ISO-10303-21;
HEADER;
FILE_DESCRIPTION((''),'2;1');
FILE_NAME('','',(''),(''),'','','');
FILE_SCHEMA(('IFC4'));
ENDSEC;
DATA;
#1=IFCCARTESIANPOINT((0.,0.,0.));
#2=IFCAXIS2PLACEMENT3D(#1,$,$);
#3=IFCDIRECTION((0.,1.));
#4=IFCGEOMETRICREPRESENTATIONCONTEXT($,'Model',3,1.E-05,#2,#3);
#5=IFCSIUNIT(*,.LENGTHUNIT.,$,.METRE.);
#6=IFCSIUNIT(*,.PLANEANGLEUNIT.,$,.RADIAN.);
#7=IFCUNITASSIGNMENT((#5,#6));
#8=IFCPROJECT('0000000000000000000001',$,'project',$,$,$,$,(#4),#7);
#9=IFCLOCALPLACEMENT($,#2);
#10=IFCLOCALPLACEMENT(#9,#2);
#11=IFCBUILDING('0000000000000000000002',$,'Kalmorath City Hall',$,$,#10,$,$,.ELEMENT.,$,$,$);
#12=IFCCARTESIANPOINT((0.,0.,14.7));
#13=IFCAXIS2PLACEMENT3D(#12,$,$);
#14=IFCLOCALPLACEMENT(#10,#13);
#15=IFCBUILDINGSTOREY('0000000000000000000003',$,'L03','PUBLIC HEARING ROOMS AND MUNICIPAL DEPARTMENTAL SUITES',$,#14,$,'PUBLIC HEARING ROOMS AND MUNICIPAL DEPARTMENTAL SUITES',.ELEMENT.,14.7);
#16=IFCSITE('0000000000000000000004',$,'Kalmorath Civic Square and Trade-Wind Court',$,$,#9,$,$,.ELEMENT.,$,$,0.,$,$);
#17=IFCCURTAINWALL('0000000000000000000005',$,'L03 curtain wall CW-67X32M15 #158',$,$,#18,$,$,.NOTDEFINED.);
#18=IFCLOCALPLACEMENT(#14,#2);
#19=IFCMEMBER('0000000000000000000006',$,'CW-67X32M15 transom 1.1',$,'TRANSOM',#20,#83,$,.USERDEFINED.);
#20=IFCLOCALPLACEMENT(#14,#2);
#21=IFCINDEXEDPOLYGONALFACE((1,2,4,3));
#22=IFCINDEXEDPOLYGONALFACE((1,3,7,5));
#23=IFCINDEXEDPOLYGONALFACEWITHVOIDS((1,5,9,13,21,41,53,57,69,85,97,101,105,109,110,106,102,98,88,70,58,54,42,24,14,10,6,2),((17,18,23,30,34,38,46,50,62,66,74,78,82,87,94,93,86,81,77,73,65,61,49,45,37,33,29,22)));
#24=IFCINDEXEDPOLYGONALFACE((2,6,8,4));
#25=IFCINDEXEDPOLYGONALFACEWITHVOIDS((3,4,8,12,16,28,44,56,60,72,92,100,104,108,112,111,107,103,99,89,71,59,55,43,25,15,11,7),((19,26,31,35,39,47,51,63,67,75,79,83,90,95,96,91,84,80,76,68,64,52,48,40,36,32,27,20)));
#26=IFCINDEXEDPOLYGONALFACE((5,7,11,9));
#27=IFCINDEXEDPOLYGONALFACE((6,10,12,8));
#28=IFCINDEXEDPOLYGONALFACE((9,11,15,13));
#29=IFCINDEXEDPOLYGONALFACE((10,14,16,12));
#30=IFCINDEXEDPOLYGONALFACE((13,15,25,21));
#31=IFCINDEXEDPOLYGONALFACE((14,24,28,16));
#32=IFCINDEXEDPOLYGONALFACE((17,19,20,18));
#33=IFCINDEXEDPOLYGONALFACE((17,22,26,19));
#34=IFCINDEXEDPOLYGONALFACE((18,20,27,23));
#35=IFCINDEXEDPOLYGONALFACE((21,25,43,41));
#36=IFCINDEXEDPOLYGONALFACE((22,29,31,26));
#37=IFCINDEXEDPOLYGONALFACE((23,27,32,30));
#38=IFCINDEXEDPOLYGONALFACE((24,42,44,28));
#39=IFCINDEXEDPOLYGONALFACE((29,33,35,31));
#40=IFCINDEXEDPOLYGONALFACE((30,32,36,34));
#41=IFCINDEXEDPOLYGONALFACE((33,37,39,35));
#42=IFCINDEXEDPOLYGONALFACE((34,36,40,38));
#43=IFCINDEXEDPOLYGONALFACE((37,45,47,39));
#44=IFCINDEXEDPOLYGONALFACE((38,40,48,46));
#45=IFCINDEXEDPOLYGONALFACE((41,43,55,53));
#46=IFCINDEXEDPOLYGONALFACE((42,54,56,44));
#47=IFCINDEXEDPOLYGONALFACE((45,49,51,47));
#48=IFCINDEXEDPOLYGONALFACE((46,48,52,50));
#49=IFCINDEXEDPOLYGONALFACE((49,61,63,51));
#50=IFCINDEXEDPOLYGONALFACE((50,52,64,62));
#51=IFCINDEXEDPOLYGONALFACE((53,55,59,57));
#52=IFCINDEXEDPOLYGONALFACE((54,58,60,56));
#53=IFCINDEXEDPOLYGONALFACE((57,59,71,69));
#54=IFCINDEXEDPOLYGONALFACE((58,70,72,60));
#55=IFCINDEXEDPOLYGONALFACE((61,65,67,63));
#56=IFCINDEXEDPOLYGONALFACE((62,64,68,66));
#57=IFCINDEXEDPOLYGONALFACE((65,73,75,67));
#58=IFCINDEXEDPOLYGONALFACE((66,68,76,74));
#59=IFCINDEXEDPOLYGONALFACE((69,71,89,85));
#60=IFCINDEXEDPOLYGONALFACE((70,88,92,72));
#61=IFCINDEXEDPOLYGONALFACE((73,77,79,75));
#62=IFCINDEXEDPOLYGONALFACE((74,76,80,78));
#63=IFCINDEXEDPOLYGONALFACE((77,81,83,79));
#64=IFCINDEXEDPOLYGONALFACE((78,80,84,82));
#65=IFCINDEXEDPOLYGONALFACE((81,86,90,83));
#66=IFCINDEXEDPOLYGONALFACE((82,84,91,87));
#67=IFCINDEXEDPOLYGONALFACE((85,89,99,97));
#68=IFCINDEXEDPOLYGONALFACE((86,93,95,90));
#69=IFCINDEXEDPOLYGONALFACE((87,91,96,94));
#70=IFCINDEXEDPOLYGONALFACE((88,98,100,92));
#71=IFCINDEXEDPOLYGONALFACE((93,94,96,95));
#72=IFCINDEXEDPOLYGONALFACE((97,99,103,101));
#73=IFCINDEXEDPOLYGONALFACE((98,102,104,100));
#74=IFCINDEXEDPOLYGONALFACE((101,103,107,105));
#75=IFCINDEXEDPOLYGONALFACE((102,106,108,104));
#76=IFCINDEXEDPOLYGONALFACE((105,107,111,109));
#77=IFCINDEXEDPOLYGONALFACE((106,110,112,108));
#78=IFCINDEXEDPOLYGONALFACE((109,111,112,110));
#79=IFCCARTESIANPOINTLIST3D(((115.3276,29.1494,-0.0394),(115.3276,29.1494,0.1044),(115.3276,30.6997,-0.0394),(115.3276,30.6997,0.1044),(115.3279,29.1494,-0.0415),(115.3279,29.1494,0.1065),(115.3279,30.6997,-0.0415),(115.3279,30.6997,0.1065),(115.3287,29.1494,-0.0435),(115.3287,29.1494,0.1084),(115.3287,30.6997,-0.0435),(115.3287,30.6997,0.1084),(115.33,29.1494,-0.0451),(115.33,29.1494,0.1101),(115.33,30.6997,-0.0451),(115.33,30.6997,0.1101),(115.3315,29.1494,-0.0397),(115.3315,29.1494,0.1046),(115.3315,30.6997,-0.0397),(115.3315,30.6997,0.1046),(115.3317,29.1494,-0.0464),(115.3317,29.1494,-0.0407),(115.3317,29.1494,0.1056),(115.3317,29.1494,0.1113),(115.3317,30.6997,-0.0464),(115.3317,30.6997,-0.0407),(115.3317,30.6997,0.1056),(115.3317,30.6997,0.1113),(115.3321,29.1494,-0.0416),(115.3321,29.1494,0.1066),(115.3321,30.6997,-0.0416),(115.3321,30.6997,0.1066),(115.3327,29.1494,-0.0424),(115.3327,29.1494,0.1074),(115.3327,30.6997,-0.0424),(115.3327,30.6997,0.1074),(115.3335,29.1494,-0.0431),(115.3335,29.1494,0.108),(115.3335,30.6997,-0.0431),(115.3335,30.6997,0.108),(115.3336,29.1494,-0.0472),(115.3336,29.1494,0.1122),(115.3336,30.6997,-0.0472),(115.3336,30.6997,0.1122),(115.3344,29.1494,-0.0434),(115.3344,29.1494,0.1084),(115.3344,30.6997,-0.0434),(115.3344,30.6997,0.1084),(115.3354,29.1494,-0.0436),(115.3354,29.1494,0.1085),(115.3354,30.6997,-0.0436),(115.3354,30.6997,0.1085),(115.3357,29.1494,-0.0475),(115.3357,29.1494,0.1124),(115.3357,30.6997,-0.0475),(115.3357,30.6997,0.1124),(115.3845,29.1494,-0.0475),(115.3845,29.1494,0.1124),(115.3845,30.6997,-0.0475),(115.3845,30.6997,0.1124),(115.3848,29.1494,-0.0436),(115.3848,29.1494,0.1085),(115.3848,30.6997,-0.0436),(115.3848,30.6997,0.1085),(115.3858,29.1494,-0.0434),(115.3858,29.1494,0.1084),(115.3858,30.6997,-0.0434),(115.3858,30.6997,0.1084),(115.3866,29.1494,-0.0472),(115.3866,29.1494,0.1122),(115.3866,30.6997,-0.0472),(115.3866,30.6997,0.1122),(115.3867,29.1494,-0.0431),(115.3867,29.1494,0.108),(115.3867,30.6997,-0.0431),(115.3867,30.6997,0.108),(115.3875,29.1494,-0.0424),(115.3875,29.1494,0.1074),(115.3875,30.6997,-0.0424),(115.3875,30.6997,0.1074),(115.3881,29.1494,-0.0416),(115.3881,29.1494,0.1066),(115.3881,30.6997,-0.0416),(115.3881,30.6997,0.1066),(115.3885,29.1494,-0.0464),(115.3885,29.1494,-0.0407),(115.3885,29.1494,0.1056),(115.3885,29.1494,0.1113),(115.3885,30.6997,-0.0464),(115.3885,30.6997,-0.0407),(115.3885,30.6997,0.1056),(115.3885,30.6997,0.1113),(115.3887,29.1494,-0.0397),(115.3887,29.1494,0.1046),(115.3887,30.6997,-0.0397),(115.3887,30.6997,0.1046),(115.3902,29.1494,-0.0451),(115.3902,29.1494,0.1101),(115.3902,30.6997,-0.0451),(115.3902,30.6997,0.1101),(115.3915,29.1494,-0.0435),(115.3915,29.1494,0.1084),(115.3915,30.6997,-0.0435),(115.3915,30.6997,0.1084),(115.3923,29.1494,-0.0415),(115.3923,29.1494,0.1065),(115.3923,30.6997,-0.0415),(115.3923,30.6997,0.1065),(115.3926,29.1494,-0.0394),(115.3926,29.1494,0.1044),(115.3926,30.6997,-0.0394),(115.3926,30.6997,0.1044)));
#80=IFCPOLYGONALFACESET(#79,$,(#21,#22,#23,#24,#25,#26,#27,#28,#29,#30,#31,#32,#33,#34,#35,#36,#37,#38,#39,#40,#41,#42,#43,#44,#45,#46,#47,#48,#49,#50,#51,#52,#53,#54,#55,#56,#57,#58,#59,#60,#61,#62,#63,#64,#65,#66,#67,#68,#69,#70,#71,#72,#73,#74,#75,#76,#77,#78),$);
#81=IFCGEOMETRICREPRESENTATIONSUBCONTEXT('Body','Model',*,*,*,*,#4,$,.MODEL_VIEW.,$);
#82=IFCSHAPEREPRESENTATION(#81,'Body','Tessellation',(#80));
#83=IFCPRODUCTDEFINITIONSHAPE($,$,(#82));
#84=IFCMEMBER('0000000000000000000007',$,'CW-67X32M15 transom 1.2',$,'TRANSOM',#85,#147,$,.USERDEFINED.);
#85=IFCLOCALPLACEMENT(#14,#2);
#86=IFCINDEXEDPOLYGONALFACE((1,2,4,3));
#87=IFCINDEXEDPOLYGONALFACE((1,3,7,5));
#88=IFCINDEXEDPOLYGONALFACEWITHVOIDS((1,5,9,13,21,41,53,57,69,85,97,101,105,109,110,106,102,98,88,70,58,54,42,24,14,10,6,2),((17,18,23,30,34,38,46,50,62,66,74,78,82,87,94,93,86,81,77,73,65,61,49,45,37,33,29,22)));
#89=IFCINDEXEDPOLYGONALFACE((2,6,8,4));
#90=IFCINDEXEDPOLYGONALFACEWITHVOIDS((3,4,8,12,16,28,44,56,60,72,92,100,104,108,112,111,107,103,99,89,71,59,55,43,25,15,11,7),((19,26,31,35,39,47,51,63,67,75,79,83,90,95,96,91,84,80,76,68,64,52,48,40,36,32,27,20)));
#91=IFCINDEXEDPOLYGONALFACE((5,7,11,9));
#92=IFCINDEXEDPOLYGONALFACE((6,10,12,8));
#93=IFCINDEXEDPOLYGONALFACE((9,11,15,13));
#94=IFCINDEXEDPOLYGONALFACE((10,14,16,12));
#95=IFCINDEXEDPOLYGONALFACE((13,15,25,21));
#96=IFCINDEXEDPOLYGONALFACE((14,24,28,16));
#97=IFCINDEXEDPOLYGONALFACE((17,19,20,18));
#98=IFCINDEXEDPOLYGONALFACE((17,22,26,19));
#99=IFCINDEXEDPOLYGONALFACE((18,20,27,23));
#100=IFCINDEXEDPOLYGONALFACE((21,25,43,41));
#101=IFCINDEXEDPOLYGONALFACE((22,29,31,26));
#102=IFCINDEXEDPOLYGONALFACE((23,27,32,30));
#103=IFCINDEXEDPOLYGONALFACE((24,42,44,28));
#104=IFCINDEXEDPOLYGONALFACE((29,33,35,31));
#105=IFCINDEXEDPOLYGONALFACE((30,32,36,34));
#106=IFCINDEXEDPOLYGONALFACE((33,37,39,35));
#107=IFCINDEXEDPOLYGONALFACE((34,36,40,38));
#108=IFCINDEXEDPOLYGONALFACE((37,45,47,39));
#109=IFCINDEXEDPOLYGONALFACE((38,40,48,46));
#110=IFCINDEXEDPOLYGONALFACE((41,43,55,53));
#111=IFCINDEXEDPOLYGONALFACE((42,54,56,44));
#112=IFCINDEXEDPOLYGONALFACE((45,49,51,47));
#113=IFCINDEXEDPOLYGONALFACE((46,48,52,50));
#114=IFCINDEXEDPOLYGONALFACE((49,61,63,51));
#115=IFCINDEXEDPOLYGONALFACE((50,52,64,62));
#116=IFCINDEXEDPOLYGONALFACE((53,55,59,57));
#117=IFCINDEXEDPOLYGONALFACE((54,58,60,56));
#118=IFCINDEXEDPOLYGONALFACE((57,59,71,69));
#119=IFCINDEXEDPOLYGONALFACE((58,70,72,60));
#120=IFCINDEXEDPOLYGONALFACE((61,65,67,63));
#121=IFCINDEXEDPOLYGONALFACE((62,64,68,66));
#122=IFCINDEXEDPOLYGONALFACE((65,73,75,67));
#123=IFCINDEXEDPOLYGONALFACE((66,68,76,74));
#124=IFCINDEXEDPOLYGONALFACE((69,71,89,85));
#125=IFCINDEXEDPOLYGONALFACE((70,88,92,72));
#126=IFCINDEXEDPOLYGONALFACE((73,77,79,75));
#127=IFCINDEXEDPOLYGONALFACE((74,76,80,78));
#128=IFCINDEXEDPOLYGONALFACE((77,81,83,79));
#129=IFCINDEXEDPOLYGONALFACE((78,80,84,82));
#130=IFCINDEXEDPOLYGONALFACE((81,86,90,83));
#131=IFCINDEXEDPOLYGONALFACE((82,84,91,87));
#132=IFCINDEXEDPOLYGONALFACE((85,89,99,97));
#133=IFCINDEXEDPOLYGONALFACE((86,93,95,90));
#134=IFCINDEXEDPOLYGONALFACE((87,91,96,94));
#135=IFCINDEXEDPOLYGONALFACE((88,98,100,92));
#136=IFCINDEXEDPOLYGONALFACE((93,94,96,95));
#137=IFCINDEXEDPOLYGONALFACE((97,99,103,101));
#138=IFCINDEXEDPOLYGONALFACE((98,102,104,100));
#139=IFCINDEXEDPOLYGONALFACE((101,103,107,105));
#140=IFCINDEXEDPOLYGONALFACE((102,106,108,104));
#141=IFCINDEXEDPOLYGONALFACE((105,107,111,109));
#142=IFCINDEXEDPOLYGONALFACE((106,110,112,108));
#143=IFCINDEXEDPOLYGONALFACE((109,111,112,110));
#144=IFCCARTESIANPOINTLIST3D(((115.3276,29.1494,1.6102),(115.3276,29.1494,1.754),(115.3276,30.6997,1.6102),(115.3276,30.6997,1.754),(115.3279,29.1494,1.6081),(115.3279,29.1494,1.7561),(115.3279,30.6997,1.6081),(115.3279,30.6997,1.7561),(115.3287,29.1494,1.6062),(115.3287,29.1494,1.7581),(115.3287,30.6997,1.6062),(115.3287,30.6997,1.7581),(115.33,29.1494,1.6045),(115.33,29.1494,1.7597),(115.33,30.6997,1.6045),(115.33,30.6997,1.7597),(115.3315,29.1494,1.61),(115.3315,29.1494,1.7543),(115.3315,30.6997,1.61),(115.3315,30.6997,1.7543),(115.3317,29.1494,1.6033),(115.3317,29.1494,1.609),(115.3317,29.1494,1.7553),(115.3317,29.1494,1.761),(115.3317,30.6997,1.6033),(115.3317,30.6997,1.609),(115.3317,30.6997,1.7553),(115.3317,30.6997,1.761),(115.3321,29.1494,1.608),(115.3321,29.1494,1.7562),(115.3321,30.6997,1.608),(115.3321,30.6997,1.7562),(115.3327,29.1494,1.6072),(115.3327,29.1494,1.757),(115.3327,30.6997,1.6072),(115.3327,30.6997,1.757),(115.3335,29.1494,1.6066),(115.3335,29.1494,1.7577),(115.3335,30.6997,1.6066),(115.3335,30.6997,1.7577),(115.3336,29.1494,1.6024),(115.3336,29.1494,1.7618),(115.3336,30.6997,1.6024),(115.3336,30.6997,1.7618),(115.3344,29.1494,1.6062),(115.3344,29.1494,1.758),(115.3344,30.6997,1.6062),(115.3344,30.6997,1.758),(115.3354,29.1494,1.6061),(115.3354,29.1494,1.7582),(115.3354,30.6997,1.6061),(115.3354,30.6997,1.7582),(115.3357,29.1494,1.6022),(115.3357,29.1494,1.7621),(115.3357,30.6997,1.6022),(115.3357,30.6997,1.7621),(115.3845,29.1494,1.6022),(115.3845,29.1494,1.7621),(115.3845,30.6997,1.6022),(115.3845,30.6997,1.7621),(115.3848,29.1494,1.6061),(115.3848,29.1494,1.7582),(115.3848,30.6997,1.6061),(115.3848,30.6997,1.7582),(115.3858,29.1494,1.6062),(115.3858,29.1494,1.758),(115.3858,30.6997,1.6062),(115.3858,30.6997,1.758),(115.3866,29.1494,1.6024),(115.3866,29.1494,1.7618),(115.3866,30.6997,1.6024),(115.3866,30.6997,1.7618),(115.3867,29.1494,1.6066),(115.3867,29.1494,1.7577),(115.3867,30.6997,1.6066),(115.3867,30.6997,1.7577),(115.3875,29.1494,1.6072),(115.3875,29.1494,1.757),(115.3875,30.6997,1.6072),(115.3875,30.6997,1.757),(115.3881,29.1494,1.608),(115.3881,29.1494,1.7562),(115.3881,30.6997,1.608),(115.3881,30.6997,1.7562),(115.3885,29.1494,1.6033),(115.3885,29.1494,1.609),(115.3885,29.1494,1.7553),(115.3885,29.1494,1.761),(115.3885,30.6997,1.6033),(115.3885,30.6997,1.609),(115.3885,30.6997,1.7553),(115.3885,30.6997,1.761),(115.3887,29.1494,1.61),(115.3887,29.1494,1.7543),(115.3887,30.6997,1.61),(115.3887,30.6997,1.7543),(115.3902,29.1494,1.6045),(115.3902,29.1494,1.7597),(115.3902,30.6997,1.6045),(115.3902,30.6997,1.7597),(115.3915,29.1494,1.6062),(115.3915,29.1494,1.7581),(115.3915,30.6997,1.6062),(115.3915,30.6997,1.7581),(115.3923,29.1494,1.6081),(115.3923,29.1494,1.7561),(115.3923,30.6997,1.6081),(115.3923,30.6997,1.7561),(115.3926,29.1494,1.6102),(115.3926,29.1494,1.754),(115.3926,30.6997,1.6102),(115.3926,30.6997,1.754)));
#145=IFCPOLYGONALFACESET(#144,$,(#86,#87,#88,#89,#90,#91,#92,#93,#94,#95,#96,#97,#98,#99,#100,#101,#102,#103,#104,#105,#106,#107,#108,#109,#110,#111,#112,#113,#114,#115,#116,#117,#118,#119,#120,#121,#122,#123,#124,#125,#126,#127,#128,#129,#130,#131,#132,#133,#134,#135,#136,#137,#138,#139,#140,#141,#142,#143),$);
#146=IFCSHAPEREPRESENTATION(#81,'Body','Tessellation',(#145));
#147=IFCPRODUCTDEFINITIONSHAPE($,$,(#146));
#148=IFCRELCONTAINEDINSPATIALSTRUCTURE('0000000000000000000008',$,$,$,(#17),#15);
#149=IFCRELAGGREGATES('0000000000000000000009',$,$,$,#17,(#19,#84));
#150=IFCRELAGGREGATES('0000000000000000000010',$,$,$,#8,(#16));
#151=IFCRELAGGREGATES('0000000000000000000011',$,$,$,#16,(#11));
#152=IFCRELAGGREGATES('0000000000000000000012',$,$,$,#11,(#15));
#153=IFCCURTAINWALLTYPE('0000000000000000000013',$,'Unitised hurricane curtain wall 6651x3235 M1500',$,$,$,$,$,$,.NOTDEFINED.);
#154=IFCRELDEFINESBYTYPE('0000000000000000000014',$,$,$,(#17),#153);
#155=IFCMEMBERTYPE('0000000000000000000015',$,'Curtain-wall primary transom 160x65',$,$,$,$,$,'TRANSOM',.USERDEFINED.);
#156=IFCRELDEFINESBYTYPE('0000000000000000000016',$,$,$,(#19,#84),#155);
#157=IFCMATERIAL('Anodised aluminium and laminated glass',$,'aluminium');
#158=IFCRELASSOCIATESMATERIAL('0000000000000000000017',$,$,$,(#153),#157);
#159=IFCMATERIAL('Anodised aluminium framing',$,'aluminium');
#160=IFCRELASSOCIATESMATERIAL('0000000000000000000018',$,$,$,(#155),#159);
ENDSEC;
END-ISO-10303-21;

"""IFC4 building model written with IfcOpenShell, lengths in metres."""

from ifc_helpers import new_model, si_unit, direction, frame, origin, origin_2d, place, context, subcontext, project, spatial, hollow_rectangle, extrude, material, material_profile, profile_set, type_object, element, aggregate, save


model = new_model("IFC4")

# Units and contexts
model_context = context("Model", 3, precision=1e-05, world=origin(), true_north=direction((0.0, 1.0)))
body_context = subcontext(model_context, "Body", "Model", "MODEL_VIEW")
ifc_project = project(units=[si_unit("LENGTHUNIT", "METRE"), si_unit("PLANEANGLEUNIT", "RADIAN")], contexts=[model_context])

# Site, building, storey
site_placement = place(None, origin())
site = spatial("IfcSite", under=ifc_project, at=site_placement, Name="Kalmorath Civic Square and Trade-Wind Court", CompositionType="ELEMENT", RefElevation=0.0)
building_placement = place(site_placement, origin())
building = spatial("IfcBuilding", under=site, at=building_placement, Name="Kalmorath City Hall", CompositionType="ELEMENT")
storey_placement = place(building_placement, frame((0.0, 0.0, 14.7)))
storey = spatial("IfcBuildingStorey", under=building, at=storey_placement, Name="L03", Description="PUBLIC HEARING ROOMS AND MUNICIPAL DEPARTMENTAL SUITES", LongName="PUBLIC HEARING ROOMS AND MUNICIPAL DEPARTMENTAL SUITES", CompositionType="ELEMENT", Elevation=14.7)

# Curtain wall, members
ifc_material_1 = material(Name="Anodised aluminium and laminated glass", Category="aluminium")
curtain_wall_type = type_object("IfcCurtainWallType", Name="Unitised hurricane curtain wall 6651x3235 M1500", PredefinedType="NOTDEFINED", material=ifc_material_1)
curtain_wall_placement = place(storey_placement, origin())
curtain_wall = element("IfcCurtainWall", 1, at=curtain_wall_placement, inside=storey, type_object=curtain_wall_type, Name="L03 curtain wall CW-67X32M15 #158", PredefinedType="NOTDEFINED")
ifc_material_2 = material(Name="Anodised aluminium framing", Category="aluminium")
ifc_material_profile_1 = material_profile(ifc_material_2, hollow_rectangle(XDim=0.0649, YDim=0.1599, WallThickness=0.0039, InnerFilletRadius=0.0039, OuterFilletRadius=0.0081, at=origin_2d()), Name="ALU-TRN-160X65X4")
ifc_profile_set_1 = profile_set([ifc_material_profile_1], Name="Anodised aluminium framing")
member_type_1 = type_object("IfcMemberType", Name="Curtain-wall primary transom 160x65", ElementType="TRANSOM", PredefinedType="USERDEFINED", material=ifc_profile_set_1)
member_1_placement = place(storey_placement, frame((115.3601, 29.1494, 0.0325), z_axis=(0.0, 1.0, 0.0), x_axis=(-1.0, 0.0, 0.0)))
member_1 = element("IfcMember", 2, at=member_1_placement, type_object=member_type_1, Name="CW-67X32M15 transom 1.1", ObjectType="TRANSOM", PredefinedType="USERDEFINED", context=body_context, shape_type="SweptSolid", body=[
    extrude(hollow_rectangle(XDim=0.0649, YDim=0.1599, WallThickness=0.0039, InnerFilletRadius=0.0039, OuterFilletRadius=0.0081, at=origin_2d()), origin(), (0.0, 0.0, 1.0), 1.5503),
])
member_2_placement = place(storey_placement, frame((115.3601, 29.1494, 1.6821), z_axis=(0.0, 1.0, 0.0), x_axis=(-1.0, 0.0, 0.0)))
member_2 = element("IfcMember", 3, at=member_2_placement, type_object=member_type_1, Name="CW-67X32M15 transom 1.2", ObjectType="TRANSOM", PredefinedType="USERDEFINED", context=body_context, shape_type="SweptSolid", body=[
    extrude(hollow_rectangle(XDim=0.0649, YDim=0.1599, WallThickness=0.0039, InnerFilletRadius=0.0039, OuterFilletRadius=0.0081, at=origin_2d()), origin(), (0.0, 0.0, 1.0), 1.5503),
])
aggregate(curtain_wall, [member_1, member_2])

save(model, "model.ifc")
